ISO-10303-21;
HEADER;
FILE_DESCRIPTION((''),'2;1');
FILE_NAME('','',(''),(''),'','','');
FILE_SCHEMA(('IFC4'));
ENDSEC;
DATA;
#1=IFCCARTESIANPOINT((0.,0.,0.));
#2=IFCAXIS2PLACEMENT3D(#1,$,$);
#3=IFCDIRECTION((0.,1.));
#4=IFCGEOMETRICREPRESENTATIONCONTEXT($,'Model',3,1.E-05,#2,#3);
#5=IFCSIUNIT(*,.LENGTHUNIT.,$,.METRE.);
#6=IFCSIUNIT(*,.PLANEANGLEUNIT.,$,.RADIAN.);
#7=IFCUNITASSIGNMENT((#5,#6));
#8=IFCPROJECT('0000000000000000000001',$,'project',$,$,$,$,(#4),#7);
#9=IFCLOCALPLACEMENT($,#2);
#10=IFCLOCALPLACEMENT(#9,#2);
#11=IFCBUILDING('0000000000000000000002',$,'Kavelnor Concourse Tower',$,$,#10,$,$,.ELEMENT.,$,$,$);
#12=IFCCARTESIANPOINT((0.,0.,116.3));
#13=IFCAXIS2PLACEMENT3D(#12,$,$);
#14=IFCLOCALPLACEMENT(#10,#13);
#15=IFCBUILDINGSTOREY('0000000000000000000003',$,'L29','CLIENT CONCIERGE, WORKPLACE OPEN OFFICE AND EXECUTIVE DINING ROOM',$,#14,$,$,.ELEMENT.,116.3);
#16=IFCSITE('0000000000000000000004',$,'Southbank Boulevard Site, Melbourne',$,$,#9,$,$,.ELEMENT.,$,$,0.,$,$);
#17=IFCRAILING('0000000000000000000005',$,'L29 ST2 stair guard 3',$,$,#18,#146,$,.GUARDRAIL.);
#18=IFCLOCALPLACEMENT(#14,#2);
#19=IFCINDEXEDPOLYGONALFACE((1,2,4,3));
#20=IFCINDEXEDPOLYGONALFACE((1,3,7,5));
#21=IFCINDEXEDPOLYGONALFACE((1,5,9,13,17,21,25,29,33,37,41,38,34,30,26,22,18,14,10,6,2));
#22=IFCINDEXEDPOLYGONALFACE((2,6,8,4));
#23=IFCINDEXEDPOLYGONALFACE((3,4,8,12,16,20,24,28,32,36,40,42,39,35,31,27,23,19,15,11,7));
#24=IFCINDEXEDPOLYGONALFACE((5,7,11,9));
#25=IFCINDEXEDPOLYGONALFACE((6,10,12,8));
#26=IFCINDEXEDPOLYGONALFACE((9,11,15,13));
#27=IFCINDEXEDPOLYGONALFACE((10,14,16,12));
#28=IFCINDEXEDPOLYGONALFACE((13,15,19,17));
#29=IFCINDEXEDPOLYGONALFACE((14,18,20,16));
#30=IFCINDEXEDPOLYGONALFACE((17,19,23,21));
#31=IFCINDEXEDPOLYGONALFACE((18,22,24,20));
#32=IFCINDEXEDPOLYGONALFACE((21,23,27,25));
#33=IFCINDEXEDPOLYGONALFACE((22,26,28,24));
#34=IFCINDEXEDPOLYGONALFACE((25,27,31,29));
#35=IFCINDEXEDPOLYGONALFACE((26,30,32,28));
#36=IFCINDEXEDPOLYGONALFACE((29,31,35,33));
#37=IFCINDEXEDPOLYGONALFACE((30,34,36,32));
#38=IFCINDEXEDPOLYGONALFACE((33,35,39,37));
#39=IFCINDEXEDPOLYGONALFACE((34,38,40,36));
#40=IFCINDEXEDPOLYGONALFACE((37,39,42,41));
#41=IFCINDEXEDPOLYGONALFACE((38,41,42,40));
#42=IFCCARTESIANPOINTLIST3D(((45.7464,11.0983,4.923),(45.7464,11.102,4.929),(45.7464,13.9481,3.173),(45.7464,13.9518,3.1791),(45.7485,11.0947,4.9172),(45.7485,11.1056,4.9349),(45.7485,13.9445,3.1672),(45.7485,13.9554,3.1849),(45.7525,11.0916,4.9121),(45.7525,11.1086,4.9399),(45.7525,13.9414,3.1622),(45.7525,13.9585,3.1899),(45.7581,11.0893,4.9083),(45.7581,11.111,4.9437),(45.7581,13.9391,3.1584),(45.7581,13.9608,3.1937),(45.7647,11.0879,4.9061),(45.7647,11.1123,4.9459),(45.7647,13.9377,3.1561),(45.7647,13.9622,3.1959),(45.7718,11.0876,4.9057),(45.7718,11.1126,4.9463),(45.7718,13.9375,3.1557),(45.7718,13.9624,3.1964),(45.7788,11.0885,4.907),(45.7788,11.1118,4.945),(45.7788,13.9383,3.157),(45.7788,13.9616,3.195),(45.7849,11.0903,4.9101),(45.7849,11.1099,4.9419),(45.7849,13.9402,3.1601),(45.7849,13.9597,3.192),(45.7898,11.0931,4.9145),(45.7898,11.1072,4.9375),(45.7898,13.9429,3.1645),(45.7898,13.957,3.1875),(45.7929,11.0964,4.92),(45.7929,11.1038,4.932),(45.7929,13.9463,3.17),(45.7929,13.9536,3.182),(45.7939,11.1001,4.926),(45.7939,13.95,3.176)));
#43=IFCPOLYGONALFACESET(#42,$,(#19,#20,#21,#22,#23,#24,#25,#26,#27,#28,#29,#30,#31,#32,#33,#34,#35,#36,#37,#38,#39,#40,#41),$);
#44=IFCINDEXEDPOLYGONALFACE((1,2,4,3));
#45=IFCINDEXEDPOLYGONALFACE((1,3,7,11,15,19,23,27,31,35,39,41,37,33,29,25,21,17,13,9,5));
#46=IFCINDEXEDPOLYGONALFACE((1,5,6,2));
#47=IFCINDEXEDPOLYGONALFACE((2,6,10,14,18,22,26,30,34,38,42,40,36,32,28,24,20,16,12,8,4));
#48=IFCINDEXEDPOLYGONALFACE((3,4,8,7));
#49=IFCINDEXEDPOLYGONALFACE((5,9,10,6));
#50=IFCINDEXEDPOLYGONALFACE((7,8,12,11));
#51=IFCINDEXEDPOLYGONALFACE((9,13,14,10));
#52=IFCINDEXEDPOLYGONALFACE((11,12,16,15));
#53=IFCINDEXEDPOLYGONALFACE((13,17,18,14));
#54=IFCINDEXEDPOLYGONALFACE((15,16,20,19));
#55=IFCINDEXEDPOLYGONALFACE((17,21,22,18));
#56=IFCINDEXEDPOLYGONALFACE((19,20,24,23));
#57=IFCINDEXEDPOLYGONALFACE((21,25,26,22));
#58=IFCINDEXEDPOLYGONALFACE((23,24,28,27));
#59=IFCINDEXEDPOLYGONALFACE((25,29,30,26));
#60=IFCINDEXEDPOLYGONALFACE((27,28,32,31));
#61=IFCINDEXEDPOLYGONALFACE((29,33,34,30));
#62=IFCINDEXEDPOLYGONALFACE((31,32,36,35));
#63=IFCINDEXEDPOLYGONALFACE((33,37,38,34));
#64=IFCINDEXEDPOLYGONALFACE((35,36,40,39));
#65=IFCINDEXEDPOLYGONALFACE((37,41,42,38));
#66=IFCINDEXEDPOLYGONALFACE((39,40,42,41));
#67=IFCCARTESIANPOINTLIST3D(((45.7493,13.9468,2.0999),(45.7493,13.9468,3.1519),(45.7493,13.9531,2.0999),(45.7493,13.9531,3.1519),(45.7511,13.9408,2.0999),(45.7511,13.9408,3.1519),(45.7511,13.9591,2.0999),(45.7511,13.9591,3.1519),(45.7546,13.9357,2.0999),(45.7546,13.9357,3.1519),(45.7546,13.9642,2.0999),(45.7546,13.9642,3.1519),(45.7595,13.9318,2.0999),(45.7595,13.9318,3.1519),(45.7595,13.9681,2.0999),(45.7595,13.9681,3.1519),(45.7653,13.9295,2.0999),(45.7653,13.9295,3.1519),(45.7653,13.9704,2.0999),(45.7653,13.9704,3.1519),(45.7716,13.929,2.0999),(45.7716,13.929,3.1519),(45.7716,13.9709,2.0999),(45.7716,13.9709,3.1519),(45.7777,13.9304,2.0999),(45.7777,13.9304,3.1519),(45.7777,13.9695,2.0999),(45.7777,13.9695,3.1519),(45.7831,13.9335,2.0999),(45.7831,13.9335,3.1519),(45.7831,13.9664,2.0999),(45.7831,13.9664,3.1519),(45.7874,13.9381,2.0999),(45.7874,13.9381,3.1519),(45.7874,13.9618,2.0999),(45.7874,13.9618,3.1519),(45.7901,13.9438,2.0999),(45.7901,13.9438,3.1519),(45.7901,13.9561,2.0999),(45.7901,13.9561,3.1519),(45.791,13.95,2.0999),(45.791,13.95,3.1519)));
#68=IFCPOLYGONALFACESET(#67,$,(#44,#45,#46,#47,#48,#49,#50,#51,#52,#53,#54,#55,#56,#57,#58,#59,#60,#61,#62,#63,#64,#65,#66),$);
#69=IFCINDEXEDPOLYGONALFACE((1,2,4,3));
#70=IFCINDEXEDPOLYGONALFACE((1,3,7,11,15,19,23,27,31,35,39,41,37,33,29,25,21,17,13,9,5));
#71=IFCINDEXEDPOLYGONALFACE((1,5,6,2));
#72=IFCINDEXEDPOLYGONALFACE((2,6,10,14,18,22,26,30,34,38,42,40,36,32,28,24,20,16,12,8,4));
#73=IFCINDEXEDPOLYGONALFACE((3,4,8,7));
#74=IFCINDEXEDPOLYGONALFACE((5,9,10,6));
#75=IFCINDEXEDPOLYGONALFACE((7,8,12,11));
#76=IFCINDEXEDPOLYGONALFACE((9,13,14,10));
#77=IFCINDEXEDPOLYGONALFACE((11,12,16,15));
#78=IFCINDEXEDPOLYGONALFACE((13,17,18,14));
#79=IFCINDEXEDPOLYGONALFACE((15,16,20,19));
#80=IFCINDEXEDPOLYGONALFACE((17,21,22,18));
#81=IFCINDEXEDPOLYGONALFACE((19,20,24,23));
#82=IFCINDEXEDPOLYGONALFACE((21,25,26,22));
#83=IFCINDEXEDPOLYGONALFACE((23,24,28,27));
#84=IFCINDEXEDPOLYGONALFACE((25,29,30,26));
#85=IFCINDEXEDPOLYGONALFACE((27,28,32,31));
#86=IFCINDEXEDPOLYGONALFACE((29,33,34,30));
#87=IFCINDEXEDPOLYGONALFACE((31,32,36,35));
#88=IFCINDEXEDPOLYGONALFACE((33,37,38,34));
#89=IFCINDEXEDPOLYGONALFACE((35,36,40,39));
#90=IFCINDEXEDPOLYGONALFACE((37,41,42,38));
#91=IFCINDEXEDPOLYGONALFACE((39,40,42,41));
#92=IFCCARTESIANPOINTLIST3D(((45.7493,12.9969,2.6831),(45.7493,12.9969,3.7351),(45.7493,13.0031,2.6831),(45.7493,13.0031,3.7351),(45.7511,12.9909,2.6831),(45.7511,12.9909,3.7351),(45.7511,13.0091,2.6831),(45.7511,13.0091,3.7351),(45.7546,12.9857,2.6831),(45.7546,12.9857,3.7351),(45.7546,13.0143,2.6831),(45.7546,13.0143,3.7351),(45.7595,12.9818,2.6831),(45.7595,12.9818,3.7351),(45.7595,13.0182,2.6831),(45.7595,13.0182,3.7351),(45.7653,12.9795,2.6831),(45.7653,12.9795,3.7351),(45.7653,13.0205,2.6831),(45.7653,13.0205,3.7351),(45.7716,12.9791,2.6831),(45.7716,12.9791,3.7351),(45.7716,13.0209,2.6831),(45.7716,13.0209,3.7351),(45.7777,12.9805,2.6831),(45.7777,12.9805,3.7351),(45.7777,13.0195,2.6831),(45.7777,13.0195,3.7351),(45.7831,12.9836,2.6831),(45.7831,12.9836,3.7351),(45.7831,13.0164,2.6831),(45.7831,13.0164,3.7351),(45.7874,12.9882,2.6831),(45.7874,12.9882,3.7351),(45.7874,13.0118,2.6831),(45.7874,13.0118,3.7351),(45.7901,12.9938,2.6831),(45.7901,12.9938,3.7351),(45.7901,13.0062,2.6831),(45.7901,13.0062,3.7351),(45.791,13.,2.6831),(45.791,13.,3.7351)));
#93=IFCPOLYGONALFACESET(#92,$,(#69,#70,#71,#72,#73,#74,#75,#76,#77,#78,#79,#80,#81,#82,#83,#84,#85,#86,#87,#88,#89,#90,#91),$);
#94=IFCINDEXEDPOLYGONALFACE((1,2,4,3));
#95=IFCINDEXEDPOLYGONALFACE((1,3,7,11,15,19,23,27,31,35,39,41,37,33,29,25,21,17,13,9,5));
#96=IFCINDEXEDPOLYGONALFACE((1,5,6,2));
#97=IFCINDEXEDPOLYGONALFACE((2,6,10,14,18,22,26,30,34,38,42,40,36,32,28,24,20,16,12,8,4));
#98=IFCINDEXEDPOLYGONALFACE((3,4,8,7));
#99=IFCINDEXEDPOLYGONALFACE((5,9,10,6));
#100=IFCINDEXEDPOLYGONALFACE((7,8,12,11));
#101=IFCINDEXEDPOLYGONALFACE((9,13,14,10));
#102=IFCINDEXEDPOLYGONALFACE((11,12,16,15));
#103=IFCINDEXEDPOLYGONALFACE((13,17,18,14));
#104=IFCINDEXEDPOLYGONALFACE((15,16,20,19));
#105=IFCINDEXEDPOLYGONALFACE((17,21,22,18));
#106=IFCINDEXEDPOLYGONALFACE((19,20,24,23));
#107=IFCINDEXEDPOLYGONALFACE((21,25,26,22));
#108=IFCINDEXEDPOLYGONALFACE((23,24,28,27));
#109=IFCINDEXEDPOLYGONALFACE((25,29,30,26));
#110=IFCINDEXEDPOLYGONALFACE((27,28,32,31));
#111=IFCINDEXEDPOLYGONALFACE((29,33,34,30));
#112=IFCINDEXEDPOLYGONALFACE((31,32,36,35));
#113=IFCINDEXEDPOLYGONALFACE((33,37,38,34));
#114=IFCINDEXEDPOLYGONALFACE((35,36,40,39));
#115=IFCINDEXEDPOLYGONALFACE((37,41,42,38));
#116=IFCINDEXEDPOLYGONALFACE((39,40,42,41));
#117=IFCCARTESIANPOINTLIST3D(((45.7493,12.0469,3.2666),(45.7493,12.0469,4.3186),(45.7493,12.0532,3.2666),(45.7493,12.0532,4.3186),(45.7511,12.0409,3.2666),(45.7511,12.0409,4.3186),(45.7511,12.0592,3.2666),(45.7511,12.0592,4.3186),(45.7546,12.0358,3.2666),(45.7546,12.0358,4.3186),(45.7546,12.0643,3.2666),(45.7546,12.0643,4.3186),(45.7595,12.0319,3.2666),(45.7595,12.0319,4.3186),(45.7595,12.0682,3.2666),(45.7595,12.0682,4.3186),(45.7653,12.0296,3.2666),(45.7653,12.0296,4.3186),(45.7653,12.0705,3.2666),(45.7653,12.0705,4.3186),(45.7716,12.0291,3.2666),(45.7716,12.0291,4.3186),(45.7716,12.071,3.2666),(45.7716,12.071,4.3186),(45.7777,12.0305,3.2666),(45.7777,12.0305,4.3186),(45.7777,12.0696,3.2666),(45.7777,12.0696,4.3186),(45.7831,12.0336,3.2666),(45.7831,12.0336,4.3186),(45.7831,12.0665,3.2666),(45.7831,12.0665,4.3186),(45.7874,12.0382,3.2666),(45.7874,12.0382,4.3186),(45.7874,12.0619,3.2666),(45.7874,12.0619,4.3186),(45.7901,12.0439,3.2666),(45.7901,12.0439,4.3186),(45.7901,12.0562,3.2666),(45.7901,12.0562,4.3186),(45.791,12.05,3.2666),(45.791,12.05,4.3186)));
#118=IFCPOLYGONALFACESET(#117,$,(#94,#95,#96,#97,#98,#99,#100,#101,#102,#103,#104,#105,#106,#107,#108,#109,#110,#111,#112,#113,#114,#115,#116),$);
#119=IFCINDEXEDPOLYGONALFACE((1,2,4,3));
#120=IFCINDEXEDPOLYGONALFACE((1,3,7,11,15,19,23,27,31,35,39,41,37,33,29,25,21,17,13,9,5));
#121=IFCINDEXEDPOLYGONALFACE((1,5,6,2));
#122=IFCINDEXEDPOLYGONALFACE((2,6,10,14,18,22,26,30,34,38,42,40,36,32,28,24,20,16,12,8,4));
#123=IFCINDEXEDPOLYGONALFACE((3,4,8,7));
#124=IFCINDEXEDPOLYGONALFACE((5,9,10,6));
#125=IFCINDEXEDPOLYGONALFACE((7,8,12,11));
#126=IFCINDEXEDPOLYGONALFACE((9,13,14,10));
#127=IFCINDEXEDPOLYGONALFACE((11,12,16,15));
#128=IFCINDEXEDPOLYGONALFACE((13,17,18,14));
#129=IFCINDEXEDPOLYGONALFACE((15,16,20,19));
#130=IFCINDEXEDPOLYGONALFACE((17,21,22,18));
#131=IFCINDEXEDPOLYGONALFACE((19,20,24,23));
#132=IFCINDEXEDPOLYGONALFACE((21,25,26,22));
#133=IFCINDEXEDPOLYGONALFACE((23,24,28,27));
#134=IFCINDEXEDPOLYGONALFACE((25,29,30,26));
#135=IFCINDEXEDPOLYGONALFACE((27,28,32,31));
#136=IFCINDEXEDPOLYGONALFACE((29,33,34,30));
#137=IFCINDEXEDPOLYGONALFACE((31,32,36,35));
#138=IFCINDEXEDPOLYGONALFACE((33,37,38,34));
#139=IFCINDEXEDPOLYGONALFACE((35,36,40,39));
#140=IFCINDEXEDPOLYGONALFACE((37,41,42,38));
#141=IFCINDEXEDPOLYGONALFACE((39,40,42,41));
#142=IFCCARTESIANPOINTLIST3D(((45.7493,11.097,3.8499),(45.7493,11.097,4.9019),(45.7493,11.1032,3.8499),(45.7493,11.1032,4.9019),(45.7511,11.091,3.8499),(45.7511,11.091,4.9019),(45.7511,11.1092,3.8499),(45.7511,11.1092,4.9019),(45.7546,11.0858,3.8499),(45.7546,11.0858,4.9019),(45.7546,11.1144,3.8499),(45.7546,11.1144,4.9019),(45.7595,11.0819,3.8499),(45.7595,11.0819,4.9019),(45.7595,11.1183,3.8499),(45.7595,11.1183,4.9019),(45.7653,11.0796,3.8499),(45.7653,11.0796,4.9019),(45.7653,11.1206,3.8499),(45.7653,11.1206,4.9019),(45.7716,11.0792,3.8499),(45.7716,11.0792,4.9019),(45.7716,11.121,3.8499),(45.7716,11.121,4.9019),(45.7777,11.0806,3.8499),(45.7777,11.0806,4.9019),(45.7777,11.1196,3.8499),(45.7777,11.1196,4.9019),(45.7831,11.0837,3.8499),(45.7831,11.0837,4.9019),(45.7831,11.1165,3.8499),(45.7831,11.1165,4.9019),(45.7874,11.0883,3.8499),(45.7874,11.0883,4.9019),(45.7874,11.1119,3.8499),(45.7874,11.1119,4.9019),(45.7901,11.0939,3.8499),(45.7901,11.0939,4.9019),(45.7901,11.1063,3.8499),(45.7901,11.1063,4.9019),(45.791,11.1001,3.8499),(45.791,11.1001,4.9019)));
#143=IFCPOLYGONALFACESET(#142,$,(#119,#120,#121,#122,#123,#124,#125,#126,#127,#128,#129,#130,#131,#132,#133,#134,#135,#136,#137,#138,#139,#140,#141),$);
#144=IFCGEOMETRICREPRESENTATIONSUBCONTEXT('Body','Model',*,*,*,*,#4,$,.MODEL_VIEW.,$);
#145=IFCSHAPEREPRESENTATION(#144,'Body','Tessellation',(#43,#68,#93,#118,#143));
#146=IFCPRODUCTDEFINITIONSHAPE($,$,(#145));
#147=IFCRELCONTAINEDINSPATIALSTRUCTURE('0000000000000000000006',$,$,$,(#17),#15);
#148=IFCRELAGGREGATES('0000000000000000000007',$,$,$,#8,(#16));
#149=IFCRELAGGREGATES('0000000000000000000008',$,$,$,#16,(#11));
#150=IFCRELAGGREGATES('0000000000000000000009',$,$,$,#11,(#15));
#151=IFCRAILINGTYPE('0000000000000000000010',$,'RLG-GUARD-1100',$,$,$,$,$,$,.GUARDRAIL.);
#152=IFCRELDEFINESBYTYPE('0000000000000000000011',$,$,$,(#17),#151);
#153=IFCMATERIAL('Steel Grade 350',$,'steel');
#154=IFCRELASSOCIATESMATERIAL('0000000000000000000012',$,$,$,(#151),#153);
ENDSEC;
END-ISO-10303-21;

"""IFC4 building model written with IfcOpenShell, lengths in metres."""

from ifc_helpers import new_model, si_unit, direction, frame, origin, origin_2d, place, context, subcontext, project, spatial, circle, extrude, material, type_object, element, save


model = new_model("IFC4")

# Units and contexts
model_context = context("Model", 3, precision=1e-05, world=origin(), true_north=direction((0.0, 1.0)))
body_context = subcontext(model_context, "Body", "Model", "MODEL_VIEW")
ifc_project = project(units=[si_unit("LENGTHUNIT", "METRE"), si_unit("PLANEANGLEUNIT", "RADIAN")], contexts=[model_context])

# Site, building, storey
site_placement = place(None, origin())
site = spatial("IfcSite", under=ifc_project, at=site_placement, Name="Southbank Boulevard Site, Melbourne", CompositionType="ELEMENT", RefElevation=0.0)
building_placement = place(site_placement, origin())
building = spatial("IfcBuilding", under=site, at=building_placement, Name="Kavelnor Concourse Tower", CompositionType="ELEMENT")
storey_placement = place(building_placement, frame((0.0, 0.0, 116.3)))
storey = spatial("IfcBuildingStorey", under=building, at=storey_placement, Name="L29", Description="CLIENT CONCIERGE, WORKPLACE OPEN OFFICE AND EXECUTIVE DINING ROOM", CompositionType="ELEMENT", Elevation=116.3)

# Shared definitions
ifc_material_1 = material(Name="Steel Grade 350", Category="steel")

# Railing
railing_type_1 = type_object("IfcRailingType", Name="RLG-GUARD-1100", PredefinedType="GUARDRAIL", material=ifc_material_1)
railing_1_placement = place(storey_placement, frame((45.77, 13.95, 2.0999)))
element("IfcRailing", 1, at=railing_1_placement, inside=storey, type_object=railing_type_1, Name="L29 ST2 stair guard 3", PredefinedType="GUARDRAIL", context=body_context, shape_type="SweptSolid", body=[
    extrude(circle(Radius=0.0239, at=origin_2d()), frame((0.0, 0.0, 1.0762), z_axis=(0.0, -0.852159, 0.523283), x_axis=(1.0, 0.0, 0.0)), (0.0, 0.0, 1.0), 3.3442),
    extrude(circle(Radius=0.021, at=origin_2d()), origin(), (0.0, 0.0, 1.0), 1.052),
    extrude(circle(Radius=0.021, at=origin_2d()), frame((0.0, -0.95, 0.5833)), (0.0, 0.0, 1.0), 1.052),
    extrude(circle(Radius=0.021, at=origin_2d()), frame((0.0, -1.8999, 1.1667)), (0.0, 0.0, 1.0), 1.052),
    extrude(circle(Radius=0.021, at=origin_2d()), frame((0.0, -2.8499, 1.75)), (0.0, 0.0, 1.0), 1.052),
])

save(model, "model.ifc")
